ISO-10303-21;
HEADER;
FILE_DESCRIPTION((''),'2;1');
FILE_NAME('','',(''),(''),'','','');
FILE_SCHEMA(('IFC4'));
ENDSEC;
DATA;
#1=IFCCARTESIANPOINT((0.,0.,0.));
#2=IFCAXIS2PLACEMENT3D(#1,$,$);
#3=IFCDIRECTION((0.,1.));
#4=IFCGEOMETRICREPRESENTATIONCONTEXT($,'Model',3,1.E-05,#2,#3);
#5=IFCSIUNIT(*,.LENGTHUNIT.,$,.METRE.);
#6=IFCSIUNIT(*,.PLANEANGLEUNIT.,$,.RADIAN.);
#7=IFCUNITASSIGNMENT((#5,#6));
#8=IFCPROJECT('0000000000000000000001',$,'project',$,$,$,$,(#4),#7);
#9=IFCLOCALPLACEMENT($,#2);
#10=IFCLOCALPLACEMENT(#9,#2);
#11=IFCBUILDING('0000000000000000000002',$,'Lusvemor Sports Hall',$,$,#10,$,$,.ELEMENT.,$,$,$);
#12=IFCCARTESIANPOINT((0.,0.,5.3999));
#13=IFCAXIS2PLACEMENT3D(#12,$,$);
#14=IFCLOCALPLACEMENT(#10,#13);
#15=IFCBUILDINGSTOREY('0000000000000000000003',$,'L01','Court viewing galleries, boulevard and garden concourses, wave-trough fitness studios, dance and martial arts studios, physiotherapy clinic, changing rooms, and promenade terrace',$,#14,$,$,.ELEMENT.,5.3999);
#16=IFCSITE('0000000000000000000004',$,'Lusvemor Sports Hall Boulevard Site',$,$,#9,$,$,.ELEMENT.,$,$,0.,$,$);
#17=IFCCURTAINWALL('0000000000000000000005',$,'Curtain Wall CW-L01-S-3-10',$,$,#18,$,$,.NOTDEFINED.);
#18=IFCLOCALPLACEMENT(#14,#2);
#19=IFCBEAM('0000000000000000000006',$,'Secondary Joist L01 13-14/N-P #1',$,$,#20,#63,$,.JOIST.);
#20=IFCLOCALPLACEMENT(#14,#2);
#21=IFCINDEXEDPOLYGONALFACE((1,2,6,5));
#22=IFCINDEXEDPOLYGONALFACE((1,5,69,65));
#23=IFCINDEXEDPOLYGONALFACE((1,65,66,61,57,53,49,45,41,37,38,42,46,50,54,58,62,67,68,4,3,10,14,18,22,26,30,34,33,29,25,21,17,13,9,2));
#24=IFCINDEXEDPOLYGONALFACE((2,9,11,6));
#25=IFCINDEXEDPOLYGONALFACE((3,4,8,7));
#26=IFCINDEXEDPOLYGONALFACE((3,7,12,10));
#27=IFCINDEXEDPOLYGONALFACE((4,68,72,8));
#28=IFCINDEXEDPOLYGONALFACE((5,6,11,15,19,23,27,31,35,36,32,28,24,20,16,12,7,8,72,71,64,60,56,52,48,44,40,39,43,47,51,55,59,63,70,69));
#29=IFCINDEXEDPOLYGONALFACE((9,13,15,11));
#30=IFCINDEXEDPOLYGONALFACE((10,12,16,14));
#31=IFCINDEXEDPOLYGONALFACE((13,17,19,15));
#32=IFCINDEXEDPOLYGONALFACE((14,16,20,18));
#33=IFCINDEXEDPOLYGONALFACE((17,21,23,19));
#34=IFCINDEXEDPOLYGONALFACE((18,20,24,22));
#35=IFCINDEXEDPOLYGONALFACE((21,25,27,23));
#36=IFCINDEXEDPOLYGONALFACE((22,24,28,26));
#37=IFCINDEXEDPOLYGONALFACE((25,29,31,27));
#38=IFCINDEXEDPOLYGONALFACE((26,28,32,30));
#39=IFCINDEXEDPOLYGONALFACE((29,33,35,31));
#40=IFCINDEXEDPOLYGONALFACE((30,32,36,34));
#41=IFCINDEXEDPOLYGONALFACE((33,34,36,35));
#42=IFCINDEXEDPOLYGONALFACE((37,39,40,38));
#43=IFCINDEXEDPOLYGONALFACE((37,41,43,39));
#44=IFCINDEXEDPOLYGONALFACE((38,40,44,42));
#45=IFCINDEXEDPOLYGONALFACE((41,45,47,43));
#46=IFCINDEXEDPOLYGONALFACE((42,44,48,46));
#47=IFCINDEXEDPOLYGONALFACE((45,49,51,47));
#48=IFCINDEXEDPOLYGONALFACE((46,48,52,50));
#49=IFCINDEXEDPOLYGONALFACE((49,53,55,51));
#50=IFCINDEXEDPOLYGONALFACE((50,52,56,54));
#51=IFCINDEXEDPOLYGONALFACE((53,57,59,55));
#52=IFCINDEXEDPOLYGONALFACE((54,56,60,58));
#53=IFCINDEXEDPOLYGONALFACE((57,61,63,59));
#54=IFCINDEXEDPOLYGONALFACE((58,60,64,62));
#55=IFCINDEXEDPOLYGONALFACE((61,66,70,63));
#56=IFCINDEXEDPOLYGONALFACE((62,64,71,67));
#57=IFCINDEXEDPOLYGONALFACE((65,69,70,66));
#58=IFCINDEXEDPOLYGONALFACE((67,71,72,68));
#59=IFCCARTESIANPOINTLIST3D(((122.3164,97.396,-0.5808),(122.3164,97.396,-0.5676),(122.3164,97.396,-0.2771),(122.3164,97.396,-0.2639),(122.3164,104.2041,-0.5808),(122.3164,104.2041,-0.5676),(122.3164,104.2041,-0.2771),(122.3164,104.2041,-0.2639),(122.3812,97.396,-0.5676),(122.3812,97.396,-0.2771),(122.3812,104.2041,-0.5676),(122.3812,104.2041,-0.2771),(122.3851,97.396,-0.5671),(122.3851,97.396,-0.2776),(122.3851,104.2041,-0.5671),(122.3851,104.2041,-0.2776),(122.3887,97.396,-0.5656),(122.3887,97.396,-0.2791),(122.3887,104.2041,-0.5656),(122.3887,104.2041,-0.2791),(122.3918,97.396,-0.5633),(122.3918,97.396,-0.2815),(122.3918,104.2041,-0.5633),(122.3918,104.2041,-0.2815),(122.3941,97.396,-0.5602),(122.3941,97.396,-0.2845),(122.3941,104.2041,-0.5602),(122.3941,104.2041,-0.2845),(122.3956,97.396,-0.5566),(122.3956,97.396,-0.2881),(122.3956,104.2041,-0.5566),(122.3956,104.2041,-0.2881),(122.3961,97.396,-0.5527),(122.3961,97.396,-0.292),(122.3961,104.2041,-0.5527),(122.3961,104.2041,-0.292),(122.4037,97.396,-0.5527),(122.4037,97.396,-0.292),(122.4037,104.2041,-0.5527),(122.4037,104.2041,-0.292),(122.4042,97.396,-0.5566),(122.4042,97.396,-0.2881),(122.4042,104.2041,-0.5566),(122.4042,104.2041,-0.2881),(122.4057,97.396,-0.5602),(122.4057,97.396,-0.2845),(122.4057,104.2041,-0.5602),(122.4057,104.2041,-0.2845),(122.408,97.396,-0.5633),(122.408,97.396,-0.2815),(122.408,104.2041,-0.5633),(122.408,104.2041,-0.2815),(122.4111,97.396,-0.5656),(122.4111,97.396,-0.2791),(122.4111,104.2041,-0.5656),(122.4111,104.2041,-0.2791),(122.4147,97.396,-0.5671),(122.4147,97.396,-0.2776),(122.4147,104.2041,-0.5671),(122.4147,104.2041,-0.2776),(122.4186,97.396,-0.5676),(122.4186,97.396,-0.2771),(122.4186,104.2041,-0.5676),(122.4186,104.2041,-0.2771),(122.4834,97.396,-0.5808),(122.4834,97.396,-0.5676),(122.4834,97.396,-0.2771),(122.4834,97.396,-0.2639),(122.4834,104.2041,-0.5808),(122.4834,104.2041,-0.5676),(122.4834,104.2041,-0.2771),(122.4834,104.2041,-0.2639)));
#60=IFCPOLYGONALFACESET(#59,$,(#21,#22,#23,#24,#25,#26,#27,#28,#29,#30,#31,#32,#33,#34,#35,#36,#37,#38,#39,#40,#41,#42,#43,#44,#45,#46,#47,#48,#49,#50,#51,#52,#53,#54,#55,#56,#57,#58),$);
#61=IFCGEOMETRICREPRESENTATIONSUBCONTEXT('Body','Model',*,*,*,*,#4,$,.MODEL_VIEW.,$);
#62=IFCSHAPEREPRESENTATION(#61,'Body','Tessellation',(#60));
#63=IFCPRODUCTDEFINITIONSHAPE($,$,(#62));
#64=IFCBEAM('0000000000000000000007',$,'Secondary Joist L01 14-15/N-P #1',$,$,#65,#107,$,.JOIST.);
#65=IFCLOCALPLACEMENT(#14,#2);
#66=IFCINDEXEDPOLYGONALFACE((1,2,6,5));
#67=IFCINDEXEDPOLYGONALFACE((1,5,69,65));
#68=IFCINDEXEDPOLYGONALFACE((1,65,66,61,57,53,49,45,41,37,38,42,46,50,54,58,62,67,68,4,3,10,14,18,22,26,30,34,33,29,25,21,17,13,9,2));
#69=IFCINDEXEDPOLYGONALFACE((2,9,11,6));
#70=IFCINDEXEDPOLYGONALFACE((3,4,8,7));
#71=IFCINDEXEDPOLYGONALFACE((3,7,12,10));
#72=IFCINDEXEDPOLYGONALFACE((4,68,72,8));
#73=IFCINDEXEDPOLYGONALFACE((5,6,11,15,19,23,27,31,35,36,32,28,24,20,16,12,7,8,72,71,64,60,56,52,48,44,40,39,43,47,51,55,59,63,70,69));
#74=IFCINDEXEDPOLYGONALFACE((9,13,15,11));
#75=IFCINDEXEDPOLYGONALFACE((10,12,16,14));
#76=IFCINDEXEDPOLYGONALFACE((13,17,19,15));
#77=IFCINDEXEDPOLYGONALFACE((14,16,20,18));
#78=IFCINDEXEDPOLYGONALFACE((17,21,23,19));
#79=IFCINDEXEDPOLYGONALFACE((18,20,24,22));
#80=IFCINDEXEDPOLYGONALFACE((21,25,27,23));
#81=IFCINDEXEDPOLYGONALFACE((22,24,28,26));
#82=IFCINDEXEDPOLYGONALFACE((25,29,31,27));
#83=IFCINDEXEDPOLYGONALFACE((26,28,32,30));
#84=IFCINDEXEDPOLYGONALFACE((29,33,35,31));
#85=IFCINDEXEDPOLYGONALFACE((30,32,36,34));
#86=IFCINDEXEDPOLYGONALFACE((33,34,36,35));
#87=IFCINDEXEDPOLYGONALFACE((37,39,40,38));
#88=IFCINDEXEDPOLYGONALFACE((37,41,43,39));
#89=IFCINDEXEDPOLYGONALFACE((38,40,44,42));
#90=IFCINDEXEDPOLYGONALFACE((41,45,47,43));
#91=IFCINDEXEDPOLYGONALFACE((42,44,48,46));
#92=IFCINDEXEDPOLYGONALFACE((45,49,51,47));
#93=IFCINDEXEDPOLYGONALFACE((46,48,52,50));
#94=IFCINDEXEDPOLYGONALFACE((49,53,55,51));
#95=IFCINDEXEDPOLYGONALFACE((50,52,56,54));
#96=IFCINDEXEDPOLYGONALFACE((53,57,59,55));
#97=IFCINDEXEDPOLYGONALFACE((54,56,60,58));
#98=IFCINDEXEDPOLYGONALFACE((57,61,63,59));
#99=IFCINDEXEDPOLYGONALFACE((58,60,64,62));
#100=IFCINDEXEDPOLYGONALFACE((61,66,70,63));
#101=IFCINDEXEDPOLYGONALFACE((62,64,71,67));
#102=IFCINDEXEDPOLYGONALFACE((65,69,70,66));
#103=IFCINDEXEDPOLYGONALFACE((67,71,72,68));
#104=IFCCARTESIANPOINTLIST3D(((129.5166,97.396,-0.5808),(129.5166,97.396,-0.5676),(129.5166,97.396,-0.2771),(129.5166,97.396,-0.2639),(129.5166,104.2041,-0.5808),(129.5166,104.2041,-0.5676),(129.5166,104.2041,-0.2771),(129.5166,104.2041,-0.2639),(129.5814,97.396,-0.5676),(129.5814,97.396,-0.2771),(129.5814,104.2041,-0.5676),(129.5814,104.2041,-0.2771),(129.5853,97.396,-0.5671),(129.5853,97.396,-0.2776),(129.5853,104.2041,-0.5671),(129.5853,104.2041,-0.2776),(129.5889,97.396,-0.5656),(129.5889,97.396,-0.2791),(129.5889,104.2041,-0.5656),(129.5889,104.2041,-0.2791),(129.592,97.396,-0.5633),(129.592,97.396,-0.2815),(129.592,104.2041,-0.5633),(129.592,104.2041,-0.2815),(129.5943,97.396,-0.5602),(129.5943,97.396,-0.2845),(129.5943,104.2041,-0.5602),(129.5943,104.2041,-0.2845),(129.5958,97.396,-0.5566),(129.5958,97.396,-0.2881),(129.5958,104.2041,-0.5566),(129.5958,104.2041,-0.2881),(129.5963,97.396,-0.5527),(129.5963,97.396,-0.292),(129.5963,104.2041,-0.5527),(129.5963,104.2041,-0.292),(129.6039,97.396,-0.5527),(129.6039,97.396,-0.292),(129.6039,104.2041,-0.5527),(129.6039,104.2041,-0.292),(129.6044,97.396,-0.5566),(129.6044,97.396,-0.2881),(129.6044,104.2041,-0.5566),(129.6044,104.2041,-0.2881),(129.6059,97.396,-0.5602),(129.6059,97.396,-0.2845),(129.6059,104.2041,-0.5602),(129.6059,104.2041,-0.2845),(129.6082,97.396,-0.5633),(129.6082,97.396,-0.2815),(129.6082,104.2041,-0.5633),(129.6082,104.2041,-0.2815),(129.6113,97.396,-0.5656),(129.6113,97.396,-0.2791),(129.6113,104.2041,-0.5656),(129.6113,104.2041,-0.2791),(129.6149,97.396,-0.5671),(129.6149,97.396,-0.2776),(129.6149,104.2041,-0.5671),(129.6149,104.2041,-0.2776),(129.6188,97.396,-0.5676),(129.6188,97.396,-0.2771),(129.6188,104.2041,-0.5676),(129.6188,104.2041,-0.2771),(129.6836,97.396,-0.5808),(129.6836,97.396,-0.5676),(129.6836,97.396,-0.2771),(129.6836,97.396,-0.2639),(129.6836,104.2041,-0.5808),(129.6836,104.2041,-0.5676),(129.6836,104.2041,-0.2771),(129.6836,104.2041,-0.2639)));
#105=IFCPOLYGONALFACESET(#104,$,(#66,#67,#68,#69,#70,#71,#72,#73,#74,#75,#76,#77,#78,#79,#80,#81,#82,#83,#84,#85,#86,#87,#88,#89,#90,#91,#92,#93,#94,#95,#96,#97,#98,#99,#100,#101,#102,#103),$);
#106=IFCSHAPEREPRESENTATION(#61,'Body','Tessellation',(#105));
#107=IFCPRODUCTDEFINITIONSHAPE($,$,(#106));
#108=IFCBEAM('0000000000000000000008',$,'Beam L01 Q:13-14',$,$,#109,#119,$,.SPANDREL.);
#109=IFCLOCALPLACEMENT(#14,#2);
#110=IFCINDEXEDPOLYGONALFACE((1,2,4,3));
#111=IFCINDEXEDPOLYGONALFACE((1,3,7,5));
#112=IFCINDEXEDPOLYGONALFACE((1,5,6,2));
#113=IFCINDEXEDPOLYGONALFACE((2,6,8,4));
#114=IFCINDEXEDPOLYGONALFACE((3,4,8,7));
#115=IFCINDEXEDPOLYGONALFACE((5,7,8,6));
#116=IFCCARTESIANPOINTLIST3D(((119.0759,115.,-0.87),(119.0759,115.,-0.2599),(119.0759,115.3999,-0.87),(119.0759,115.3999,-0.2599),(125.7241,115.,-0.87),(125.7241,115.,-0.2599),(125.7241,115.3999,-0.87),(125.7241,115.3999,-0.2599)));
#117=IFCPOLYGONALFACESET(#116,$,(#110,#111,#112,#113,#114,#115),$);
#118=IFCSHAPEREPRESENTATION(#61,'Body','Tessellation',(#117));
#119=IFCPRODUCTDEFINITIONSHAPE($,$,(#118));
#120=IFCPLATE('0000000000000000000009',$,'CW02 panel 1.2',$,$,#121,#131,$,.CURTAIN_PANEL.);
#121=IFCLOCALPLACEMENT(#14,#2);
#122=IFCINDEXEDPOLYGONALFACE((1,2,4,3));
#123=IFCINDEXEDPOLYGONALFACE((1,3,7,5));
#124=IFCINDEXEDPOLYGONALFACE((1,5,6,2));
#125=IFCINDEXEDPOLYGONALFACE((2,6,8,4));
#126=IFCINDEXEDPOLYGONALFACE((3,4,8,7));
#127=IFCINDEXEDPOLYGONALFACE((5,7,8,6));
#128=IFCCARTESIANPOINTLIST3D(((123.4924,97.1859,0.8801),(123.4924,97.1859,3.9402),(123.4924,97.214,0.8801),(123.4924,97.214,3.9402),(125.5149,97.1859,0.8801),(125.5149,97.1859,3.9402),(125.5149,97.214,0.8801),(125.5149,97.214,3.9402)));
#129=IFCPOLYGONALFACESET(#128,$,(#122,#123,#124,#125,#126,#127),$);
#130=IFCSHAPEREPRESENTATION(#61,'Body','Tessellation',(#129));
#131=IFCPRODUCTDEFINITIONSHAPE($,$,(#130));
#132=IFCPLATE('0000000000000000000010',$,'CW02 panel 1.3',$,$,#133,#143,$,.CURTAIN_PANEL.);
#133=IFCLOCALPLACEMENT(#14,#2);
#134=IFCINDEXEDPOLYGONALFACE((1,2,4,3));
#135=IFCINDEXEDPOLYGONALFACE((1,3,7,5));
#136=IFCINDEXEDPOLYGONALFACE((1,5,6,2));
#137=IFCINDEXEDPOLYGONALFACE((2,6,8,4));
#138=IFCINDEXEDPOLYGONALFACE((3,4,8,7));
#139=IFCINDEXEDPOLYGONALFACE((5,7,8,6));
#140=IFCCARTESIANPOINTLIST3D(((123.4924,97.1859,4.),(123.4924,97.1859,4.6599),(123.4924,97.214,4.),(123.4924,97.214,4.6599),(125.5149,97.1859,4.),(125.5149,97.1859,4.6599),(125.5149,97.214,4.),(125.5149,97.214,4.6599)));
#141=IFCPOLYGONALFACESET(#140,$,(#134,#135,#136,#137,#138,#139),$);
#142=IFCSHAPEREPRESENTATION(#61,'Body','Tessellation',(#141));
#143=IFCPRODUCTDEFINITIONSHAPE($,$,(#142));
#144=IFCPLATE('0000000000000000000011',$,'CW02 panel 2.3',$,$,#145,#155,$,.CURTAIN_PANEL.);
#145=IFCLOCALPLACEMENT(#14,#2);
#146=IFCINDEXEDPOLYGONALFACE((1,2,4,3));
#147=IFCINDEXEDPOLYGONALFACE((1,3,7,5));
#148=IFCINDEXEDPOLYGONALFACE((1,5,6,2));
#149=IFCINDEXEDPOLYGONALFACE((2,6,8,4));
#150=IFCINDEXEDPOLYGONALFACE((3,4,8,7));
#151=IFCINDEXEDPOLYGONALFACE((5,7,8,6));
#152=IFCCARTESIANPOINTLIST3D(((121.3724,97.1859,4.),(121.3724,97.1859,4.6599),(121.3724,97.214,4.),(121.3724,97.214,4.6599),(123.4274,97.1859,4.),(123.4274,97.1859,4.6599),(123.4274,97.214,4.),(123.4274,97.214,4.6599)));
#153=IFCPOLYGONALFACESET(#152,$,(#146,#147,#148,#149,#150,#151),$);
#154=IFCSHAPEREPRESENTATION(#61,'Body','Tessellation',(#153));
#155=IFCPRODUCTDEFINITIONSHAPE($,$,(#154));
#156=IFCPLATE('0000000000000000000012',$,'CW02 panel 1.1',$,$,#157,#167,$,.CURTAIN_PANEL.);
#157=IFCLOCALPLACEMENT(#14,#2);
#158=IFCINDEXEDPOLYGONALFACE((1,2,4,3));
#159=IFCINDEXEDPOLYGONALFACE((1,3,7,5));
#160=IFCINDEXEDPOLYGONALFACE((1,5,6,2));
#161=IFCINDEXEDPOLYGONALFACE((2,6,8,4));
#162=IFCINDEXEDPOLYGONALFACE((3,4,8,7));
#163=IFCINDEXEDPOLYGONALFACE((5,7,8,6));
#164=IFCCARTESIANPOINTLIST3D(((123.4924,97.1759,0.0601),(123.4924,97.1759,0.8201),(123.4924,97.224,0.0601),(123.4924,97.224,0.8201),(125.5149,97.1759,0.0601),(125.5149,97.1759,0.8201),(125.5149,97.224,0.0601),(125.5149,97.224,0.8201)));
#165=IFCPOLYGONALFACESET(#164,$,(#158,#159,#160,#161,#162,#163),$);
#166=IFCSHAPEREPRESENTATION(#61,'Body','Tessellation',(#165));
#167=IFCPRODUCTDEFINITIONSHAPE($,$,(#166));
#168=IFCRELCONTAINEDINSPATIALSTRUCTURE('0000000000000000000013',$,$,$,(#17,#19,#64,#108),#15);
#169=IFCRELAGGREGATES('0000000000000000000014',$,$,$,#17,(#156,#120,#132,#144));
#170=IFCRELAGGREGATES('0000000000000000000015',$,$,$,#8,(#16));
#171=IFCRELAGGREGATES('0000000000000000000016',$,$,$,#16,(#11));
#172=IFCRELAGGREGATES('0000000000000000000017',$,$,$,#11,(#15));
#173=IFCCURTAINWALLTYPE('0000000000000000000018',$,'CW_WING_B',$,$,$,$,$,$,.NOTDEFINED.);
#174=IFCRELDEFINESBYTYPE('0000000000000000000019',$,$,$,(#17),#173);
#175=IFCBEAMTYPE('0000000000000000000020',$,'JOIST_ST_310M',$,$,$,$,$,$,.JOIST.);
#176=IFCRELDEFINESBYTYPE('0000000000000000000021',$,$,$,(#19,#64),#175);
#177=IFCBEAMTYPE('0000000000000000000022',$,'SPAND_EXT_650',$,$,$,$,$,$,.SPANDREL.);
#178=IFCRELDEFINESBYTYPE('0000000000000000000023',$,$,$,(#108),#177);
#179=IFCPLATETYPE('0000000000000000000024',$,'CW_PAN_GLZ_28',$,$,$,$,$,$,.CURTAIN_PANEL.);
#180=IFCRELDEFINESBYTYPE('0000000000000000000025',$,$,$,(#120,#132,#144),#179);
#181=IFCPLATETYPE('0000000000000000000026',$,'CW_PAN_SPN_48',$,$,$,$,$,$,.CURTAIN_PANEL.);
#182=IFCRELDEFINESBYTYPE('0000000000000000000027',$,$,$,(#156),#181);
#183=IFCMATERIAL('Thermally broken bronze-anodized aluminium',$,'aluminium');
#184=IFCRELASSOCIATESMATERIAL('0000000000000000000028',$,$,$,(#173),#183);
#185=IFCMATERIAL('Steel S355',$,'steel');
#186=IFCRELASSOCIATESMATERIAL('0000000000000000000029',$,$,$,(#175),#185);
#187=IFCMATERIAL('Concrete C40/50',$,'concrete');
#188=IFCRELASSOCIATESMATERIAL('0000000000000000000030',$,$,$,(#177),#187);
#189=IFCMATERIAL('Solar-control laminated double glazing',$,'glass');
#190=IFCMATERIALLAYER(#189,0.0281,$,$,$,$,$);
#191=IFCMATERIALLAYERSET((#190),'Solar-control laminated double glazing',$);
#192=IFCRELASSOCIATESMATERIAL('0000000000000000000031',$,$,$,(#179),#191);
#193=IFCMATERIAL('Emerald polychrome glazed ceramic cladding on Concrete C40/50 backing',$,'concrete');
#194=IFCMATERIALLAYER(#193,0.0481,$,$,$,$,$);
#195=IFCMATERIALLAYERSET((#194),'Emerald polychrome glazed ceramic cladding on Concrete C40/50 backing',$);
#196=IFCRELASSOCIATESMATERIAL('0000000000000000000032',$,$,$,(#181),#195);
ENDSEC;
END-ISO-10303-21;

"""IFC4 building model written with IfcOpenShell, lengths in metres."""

from ifc_helpers import new_model, si_unit, direction, frame, origin, origin_2d, place, context, subcontext, project, spatial, rectangle, i_section, extrude, material, layer, layer_set, material_profile, profile_set, type_object, element, aggregate, save


model = new_model("IFC4")

# Units and contexts
model_context = context("Model", 3, precision=1e-05, world=origin(), true_north=direction((0.0, 1.0)))
body_context = subcontext(model_context, "Body", "Model", "MODEL_VIEW")
ifc_project = project(units=[si_unit("LENGTHUNIT", "METRE"), si_unit("PLANEANGLEUNIT", "RADIAN")], contexts=[model_context])

# Site, building, storey
site_placement = place(None, origin())
site = spatial("IfcSite", under=ifc_project, at=site_placement, Name="Lusvemor Sports Hall Boulevard Site", CompositionType="ELEMENT", RefElevation=0.0)
building_placement = place(site_placement, origin())
building = spatial("IfcBuilding", under=site, at=building_placement, Name="Lusvemor Sports Hall", CompositionType="ELEMENT")
storey_placement = place(building_placement, frame((0.0, 0.0, 5.3999)))
storey = spatial("IfcBuildingStorey", under=building, at=storey_placement, Name="L01", Description="Court viewing galleries, boulevard and garden concourses, wave-trough fitness studios, dance and martial arts studios, physiotherapy clinic, changing rooms, and promenade terrace", CompositionType="ELEMENT", Elevation=5.3999)

# Curtain wall
ifc_material_1 = material(Name="Thermally broken bronze-anodized aluminium", Category="aluminium")
curtain_wall_type = type_object("IfcCurtainWallType", Name="CW_WING_B", PredefinedType="NOTDEFINED", material=ifc_material_1)
curtain_wall_placement = place(storey_placement, origin())
curtain_wall = element("IfcCurtainWall", 1, at=curtain_wall_placement, inside=storey, type_object=curtain_wall_type, Name="Curtain Wall CW-L01-S-3-10", PredefinedType="NOTDEFINED")

# Beams
ifc_material_2 = material(Name="Steel S355", Category="steel")
ifc_material_profile_1 = material_profile(ifc_material_2, i_section(OverallWidth=0.167, OverallDepth=0.3169, WebThickness=0.0076, FlangeThickness=0.0132, FilletRadius=0.0149, at=origin_2d()), Name="W310x52.0")
ifc_profile_set_1 = profile_set([ifc_material_profile_1], Name="Steel S355")
beam_type_1 = type_object("IfcBeamType", Name="JOIST_ST_310M", PredefinedType="JOIST", material=ifc_profile_set_1)
for number, where, z_axis, x_axis, name in (
    (2, (122.3999, 97.396, -0.4224), (0.0, 1.0, 0.0), (-1.0, 0.0, 0.0), "Secondary Joist L01 13-14/N-P #1"),
    (3, (129.6001, 97.396, -0.4224), (0.0, 1.0, 0.0), (-1.0, 0.0, 0.0), "Secondary Joist L01 14-15/N-P #1"),
):
    element("IfcBeam", number, at=place(storey_placement, frame(where, z_axis=z_axis, x_axis=x_axis)), inside=storey, type_object=beam_type_1, Name=name, PredefinedType="JOIST", context=body_context, shape_type="SweptSolid", body=[
        extrude(i_section(OverallWidth=0.167, OverallDepth=0.3169, WebThickness=0.0076, FlangeThickness=0.0132, FilletRadius=0.0149, at=origin_2d()), origin(), (0.0, 0.0, 1.0), 6.8081),
    ])
ifc_material_3 = material(Name="Concrete C40/50", Category="concrete")
ifc_material_profile_2 = material_profile(ifc_material_3, rectangle(XDim=0.3999, YDim=0.6101, at=origin_2d()), Name="RC400x610")
ifc_profile_set_2 = profile_set([ifc_material_profile_2], Name="Concrete C40/50")
beam_type_2 = type_object("IfcBeamType", Name="SPAND_EXT_650", PredefinedType="SPANDREL", material=ifc_profile_set_2)
beam_1_placement = place(storey_placement, frame((119.0759, 115.2, -0.5649), z_axis=(1.0, 0.0, 0.0), x_axis=(0.0, 1.0, 0.0)))
element("IfcBeam", 4, at=beam_1_placement, inside=storey, type_object=beam_type_2, Name="Beam L01 Q:13-14", PredefinedType="SPANDREL", context=body_context, shape_type="SweptSolid", body=[
    extrude(rectangle(XDim=0.3999, YDim=0.6101, at=origin_2d()), origin(), (0.0, 0.0, 1.0), 6.6482),
])

# Plates
ifc_material_4 = material(Name="Solar-control laminated double glazing", Category="glass")
ifc_layer_1 = layer(ifc_material_4, 0.0281)
ifc_layer_set_1 = layer_set([ifc_layer_1], Name="Solar-control laminated double glazing")
plate_type_1 = type_object("IfcPlateType", Name="CW_PAN_GLZ_28", PredefinedType="CURTAIN_PANEL", material=ifc_layer_set_1)
plate_1_placement = place(storey_placement, frame((124.5037, 97.2, 0.8801), z_axis=(0.0, 0.0, 1.0), x_axis=(-1.0, 0.0, 0.0)))
plate_1 = element("IfcPlate", 5, at=plate_1_placement, type_object=plate_type_1, Name="CW02 panel 1.2", PredefinedType="CURTAIN_PANEL", context=body_context, shape_type="SweptSolid", body=[
    extrude(rectangle(XDim=2.0225, YDim=0.0281, at=origin_2d()), origin(), (0.0, 0.0, 1.0), 3.0601),
])
plate_2_placement = place(storey_placement, frame((124.5037, 97.2, 4.0), z_axis=(0.0, 0.0, 1.0), x_axis=(-1.0, 0.0, 0.0)))
plate_2 = element("IfcPlate", 6, at=plate_2_placement, type_object=plate_type_1, Name="CW02 panel 1.3", PredefinedType="CURTAIN_PANEL", context=body_context, shape_type="SweptSolid", body=[
    extrude(rectangle(XDim=2.0225, YDim=0.0281, at=origin_2d()), origin(), (0.0, 0.0, 1.0), 0.6599),
])
plate_3_placement = place(storey_placement, frame((122.3999, 97.2, 4.0), z_axis=(0.0, 0.0, 1.0), x_axis=(-1.0, 0.0, 0.0)))
plate_3 = element("IfcPlate", 7, at=plate_3_placement, type_object=plate_type_1, Name="CW02 panel 2.3", PredefinedType="CURTAIN_PANEL", context=body_context, shape_type="SweptSolid", body=[
    extrude(rectangle(XDim=2.0549, YDim=0.0281, at=origin_2d()), origin(), (0.0, 0.0, 1.0), 0.6599),
])
ifc_material_5 = material(Name="Emerald polychrome glazed ceramic cladding on Concrete C40/50 backing", Category="concrete")
ifc_layer_2 = layer(ifc_material_5, 0.0481)
ifc_layer_set_2 = layer_set([ifc_layer_2], Name="Emerald polychrome glazed ceramic cladding on Concrete C40/50 backing")
plate_type_2 = type_object("IfcPlateType", Name="CW_PAN_SPN_48", PredefinedType="CURTAIN_PANEL", material=ifc_layer_set_2)
plate_4_placement = place(storey_placement, frame((124.5037, 97.2, 0.0601), z_axis=(0.0, 0.0, 1.0), x_axis=(-1.0, 0.0, 0.0)))
plate_4 = element("IfcPlate", 8, at=plate_4_placement, type_object=plate_type_2, Name="CW02 panel 1.1", PredefinedType="CURTAIN_PANEL", context=body_context, shape_type="SweptSolid", body=[
    extrude(rectangle(XDim=2.0225, YDim=0.0481, at=origin_2d()), origin(), (0.0, 0.0, 1.0), 0.76),
])
aggregate(curtain_wall, [plate_4, plate_1, plate_2, plate_3])

save(model, "model.ifc")
